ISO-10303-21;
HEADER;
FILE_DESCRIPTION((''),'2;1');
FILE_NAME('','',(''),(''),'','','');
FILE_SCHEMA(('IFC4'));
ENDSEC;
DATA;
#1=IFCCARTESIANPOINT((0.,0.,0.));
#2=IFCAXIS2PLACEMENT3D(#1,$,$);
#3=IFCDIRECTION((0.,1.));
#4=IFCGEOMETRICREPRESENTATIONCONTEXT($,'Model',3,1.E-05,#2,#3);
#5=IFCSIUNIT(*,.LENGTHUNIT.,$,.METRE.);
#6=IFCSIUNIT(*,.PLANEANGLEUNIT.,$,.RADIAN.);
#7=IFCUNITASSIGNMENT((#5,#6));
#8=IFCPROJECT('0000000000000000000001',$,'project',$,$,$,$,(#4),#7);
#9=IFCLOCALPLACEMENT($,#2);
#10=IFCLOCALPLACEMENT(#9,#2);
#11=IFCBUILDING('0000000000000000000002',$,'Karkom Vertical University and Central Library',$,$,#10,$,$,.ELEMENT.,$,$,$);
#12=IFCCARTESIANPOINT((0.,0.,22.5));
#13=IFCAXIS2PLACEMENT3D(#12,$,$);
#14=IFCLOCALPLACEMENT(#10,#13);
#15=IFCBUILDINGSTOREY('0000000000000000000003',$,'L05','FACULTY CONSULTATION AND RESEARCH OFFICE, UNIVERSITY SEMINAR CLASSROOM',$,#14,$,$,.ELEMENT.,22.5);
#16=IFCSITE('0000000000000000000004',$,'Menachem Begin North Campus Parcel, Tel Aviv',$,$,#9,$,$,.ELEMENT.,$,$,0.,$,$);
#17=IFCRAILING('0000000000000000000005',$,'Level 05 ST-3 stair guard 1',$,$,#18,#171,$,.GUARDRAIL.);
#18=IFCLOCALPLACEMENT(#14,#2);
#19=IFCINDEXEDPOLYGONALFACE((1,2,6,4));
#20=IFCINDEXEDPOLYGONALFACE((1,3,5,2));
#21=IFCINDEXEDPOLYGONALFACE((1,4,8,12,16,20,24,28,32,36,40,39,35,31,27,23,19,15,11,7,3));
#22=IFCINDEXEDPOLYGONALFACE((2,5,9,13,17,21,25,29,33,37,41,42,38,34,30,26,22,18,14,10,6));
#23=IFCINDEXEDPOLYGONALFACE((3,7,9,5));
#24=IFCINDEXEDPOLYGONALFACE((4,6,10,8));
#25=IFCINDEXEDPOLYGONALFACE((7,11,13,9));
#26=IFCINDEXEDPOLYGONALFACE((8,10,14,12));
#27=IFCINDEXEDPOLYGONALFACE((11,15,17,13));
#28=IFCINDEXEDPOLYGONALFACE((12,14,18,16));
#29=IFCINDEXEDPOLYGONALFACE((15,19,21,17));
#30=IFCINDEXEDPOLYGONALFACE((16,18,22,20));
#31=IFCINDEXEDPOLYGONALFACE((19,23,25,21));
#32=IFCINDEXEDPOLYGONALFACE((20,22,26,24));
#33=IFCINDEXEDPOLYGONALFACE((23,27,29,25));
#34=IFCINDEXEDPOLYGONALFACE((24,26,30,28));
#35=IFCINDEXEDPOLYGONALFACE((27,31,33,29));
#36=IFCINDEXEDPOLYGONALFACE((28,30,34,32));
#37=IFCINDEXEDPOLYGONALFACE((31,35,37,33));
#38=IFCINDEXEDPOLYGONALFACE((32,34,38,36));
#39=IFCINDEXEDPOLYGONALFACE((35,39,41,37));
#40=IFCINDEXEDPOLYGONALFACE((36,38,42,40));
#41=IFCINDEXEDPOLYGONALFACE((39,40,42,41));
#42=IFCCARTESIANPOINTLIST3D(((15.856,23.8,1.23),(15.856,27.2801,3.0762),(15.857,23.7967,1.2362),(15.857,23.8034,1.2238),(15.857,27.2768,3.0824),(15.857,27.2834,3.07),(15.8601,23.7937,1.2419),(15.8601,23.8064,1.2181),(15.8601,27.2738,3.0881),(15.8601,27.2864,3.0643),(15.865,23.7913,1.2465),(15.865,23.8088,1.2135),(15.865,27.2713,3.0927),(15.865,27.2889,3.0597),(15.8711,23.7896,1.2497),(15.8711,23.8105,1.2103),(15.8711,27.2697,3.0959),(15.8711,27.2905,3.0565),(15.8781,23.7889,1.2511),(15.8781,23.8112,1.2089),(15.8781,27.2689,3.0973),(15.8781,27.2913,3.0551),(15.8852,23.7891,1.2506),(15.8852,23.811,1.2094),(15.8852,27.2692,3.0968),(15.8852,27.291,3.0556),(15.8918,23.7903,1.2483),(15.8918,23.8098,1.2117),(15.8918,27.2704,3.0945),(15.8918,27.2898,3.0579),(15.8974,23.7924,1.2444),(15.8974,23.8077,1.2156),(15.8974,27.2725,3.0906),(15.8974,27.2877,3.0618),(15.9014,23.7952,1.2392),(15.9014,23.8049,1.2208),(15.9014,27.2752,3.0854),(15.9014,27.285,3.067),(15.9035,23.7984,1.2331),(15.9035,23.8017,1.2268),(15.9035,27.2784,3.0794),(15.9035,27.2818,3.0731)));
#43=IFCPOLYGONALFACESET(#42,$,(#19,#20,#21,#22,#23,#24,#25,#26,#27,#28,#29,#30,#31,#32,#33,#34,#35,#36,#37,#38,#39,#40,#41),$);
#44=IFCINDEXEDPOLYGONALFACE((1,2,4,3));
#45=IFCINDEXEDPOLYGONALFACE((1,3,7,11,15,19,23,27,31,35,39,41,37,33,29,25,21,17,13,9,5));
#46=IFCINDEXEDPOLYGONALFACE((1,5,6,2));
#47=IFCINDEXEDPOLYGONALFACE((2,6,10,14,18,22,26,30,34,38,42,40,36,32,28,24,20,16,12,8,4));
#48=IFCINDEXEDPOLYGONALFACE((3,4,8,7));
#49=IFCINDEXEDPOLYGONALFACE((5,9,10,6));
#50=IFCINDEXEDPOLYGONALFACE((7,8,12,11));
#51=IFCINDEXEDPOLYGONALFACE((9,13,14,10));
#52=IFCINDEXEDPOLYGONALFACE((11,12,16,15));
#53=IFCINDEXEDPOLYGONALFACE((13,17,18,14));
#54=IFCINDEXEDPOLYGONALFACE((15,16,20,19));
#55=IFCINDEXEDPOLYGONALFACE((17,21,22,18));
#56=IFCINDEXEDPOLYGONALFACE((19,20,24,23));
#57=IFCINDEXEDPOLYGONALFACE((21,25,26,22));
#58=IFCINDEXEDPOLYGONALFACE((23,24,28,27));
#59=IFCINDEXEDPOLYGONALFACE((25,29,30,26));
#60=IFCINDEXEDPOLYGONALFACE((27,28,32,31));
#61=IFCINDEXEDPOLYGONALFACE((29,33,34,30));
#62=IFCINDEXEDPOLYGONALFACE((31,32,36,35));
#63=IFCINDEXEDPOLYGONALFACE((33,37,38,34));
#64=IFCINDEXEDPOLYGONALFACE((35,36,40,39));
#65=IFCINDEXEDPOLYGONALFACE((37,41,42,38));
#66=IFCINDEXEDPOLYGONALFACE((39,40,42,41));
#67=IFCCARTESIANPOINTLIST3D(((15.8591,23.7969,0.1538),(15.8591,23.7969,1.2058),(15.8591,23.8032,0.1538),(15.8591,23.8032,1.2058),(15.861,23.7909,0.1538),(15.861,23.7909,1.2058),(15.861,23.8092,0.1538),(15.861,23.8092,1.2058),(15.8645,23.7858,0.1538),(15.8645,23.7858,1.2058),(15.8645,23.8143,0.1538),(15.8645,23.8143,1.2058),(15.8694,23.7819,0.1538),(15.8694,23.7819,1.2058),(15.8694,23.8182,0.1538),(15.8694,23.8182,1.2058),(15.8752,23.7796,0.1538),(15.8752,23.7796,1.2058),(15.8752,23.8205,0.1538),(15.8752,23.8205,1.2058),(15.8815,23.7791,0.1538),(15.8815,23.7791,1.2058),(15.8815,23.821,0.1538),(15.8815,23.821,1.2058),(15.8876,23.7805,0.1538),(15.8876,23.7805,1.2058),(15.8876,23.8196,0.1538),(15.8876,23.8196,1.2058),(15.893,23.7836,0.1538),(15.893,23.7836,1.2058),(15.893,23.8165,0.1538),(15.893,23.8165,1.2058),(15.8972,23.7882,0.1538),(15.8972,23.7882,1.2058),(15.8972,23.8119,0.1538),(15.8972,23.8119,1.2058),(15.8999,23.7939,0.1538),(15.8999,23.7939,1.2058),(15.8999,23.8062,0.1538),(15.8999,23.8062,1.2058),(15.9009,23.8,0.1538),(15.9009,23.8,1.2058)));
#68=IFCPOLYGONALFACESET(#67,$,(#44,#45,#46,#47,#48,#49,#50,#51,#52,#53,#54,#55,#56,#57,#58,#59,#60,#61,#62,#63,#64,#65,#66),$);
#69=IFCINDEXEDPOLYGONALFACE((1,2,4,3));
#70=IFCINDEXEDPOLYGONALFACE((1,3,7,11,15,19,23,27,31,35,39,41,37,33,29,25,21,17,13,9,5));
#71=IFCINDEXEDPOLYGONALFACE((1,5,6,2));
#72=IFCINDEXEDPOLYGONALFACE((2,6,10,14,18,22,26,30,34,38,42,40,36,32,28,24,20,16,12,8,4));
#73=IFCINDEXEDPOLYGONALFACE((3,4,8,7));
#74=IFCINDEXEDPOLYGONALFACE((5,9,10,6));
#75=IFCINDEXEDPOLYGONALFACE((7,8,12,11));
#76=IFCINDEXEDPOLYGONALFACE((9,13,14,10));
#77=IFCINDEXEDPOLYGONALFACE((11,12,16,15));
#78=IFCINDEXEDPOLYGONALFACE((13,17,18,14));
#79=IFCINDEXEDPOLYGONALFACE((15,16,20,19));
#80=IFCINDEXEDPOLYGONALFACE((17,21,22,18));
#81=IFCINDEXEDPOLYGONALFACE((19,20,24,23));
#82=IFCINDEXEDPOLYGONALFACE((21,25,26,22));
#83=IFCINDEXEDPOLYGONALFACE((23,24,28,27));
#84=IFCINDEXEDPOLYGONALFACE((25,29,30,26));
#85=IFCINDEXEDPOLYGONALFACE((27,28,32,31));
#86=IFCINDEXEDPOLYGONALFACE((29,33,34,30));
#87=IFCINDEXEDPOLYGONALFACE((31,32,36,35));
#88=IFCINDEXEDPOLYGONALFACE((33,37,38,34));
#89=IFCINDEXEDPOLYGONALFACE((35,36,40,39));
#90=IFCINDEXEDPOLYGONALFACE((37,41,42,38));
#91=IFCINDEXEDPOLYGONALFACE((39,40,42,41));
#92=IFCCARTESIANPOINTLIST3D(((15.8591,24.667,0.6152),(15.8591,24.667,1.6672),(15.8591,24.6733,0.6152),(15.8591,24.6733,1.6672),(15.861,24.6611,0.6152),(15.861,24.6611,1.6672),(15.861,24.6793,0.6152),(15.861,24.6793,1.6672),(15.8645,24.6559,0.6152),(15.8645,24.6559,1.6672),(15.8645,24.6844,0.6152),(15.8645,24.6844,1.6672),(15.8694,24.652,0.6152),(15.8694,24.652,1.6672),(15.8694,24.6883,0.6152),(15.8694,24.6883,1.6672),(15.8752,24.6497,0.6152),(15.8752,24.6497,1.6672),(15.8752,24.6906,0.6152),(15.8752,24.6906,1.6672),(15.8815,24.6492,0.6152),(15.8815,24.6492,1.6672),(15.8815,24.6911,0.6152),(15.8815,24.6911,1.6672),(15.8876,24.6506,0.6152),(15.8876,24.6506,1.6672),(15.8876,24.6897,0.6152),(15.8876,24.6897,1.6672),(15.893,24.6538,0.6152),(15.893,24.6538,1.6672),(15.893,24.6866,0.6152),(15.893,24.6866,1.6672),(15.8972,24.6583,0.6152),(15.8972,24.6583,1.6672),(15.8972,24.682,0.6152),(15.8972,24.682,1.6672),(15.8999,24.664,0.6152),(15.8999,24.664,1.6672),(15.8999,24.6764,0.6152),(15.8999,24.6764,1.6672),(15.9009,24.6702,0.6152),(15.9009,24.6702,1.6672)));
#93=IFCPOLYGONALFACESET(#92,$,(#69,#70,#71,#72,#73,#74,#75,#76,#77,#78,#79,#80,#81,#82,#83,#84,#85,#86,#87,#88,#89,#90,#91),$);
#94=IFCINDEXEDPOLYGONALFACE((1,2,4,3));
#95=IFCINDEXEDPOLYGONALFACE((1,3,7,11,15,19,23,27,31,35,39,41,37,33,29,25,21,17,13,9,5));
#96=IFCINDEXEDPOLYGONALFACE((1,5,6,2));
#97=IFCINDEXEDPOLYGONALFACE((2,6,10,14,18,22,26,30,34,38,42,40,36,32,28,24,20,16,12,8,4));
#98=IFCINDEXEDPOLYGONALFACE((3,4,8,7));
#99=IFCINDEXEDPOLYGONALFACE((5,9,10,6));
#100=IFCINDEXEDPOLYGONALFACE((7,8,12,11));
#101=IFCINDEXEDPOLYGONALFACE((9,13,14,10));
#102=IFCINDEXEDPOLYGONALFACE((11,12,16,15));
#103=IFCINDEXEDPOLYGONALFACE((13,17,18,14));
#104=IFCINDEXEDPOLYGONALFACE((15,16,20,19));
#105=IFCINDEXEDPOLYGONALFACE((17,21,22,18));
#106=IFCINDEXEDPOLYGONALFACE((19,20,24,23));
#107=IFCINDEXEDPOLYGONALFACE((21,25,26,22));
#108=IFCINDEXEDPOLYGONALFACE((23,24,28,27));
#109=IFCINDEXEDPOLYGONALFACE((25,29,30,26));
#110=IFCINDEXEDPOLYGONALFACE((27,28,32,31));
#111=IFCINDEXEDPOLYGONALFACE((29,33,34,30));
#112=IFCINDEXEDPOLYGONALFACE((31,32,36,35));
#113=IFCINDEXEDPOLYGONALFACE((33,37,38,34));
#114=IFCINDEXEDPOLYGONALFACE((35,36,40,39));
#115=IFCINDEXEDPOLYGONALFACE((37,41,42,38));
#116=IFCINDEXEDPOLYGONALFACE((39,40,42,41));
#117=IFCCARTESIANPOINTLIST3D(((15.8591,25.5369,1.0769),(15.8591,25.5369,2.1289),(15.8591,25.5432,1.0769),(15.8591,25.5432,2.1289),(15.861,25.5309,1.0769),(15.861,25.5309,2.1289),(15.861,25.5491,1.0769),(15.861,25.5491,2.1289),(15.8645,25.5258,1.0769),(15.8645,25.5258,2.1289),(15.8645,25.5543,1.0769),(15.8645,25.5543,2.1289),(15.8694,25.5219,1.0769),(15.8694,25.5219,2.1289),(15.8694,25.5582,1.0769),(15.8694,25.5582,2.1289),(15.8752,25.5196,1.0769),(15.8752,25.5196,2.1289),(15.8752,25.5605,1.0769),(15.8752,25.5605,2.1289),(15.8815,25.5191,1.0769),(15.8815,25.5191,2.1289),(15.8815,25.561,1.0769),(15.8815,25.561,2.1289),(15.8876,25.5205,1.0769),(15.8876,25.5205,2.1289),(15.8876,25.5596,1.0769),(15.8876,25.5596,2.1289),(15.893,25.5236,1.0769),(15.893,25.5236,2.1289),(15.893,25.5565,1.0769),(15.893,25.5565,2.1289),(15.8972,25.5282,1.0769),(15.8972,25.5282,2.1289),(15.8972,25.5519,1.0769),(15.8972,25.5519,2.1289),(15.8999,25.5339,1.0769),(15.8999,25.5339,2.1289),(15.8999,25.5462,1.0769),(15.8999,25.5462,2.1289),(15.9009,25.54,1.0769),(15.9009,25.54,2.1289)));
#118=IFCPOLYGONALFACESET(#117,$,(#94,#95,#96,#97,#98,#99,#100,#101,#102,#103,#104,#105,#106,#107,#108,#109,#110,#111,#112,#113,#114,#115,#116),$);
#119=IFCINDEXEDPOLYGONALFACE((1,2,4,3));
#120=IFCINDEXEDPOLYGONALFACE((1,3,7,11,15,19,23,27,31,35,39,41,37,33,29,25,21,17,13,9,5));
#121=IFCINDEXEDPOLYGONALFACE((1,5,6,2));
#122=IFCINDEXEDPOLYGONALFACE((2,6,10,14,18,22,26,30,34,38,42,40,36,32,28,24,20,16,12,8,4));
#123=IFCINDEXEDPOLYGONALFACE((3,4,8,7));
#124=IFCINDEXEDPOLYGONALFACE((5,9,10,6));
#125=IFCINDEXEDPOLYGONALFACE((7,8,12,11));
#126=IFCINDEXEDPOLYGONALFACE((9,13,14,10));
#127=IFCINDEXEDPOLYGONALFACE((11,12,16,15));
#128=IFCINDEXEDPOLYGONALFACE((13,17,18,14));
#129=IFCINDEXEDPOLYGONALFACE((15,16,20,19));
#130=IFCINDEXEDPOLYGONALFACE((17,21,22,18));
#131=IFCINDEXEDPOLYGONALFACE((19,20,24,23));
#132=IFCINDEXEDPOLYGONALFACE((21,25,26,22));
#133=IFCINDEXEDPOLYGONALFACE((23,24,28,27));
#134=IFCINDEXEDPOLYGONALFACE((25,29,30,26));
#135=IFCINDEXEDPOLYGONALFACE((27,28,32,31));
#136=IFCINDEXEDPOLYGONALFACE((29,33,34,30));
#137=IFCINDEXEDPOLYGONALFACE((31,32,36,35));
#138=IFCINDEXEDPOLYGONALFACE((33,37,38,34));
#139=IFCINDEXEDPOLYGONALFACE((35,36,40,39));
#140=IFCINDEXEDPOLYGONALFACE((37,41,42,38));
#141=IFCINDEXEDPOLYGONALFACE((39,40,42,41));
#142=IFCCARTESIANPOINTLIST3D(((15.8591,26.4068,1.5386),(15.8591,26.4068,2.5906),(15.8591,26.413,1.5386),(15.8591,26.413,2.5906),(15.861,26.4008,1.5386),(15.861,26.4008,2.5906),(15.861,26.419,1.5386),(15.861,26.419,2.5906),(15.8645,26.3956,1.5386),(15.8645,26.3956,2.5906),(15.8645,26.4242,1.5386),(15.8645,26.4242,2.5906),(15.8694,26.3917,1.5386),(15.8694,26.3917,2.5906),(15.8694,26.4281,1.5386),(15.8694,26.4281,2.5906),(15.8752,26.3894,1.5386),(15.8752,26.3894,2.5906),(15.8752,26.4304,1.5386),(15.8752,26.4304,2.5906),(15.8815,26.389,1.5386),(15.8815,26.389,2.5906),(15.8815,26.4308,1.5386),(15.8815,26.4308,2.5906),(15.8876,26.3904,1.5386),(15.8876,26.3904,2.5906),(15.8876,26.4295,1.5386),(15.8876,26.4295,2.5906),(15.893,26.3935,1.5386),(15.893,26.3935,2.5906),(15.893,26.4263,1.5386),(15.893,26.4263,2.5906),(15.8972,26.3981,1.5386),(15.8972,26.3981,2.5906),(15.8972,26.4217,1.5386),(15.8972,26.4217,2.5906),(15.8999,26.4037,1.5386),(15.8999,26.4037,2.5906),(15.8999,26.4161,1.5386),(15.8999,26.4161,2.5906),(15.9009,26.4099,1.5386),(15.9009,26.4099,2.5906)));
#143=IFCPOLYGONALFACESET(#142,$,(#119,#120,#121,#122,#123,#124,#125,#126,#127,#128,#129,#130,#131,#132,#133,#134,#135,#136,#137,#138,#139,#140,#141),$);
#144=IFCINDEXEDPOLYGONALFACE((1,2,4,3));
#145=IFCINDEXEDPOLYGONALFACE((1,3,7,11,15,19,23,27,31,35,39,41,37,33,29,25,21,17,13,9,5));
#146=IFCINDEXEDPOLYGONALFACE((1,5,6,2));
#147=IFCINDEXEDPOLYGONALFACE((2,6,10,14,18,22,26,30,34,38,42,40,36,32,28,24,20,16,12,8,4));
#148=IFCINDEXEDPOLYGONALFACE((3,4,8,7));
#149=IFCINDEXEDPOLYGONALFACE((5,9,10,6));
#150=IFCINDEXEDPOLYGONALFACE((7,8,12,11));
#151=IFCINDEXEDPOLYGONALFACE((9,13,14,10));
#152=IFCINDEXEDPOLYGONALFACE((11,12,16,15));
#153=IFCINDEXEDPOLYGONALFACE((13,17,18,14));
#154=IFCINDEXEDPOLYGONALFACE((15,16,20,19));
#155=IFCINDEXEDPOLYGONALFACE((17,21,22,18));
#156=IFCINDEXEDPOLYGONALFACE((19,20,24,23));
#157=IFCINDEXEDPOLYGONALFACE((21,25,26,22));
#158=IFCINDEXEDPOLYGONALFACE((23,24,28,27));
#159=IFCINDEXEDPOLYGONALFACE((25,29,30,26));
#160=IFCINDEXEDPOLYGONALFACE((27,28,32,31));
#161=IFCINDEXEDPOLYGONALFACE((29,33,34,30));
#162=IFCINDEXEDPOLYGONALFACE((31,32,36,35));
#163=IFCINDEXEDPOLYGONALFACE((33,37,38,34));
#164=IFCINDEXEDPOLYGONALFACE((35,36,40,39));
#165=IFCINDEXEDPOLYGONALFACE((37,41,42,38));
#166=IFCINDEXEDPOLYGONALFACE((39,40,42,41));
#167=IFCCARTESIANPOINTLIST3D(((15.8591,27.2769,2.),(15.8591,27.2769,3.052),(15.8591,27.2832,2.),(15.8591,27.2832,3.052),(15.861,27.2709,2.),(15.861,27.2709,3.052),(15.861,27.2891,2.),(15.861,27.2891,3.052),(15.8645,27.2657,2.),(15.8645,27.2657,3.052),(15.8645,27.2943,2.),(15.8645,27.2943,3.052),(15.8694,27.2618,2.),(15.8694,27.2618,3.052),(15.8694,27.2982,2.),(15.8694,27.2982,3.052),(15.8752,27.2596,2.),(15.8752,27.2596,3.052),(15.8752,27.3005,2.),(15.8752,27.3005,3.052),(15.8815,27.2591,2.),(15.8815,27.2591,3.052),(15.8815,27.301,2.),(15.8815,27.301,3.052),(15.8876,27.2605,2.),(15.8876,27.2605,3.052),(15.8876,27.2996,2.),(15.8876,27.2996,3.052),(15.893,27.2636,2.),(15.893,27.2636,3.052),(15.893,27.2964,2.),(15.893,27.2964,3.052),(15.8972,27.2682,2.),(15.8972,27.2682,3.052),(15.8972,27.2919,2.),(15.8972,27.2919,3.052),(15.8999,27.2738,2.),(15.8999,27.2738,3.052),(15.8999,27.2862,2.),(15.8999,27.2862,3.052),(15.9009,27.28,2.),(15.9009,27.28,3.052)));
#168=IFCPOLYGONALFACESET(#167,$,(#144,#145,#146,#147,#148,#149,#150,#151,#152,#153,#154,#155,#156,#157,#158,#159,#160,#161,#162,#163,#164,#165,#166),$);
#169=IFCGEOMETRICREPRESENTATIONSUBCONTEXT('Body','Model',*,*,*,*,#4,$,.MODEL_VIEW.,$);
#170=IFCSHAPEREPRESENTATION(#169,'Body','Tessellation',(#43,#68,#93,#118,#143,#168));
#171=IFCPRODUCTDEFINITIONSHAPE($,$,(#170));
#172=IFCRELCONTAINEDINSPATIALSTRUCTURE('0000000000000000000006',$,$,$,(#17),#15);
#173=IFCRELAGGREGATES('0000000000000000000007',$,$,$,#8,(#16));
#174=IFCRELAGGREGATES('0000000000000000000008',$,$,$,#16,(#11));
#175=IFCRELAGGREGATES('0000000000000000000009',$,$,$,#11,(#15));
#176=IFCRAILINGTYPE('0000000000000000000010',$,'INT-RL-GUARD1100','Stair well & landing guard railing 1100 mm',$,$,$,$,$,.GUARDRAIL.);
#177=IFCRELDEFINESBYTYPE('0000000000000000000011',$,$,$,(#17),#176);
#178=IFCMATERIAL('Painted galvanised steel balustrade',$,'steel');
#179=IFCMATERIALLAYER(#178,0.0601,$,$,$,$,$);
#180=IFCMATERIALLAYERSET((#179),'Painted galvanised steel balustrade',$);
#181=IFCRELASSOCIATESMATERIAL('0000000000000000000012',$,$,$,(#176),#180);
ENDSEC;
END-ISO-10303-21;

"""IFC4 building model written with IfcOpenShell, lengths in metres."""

from ifc_helpers import new_model, si_unit, direction, frame, origin, origin_2d, place, context, subcontext, project, spatial, circle, extrude, material, layer, layer_set, type_object, element, save


model = new_model("IFC4")

# Units and contexts
model_context = context("Model", 3, precision=1e-05, world=origin(), true_north=direction((0.0, 1.0)))
body_context = subcontext(model_context, "Body", "Model", "MODEL_VIEW")
ifc_project = project(units=[si_unit("LENGTHUNIT", "METRE"), si_unit("PLANEANGLEUNIT", "RADIAN")], contexts=[model_context])

# Site, building, storey
site_placement = place(None, origin())
site = spatial("IfcSite", under=ifc_project, at=site_placement, Name="Menachem Begin North Campus Parcel, Tel Aviv", CompositionType="ELEMENT", RefElevation=0.0)
building_placement = place(site_placement, origin())
building = spatial("IfcBuilding", under=site, at=building_placement, Name="Karkom Vertical University and Central Library", CompositionType="ELEMENT")
storey_placement = place(building_placement, frame((0.0, 0.0, 22.5)))
storey = spatial("IfcBuildingStorey", under=building, at=storey_placement, Name="L05", Description="FACULTY CONSULTATION AND RESEARCH OFFICE, UNIVERSITY SEMINAR CLASSROOM", CompositionType="ELEMENT", Elevation=22.5)

# Railing
ifc_material_1 = material(Name="Painted galvanised steel balustrade", Category="steel")
ifc_layer_1 = layer(ifc_material_1, 0.0601)
ifc_layer_set_1 = layer_set([ifc_layer_1], Name="Painted galvanised steel balustrade")
railing_type_1 = type_object("IfcRailingType", Name="INT-RL-GUARD1100", Description="Stair well & landing guard railing 1100 mm", PredefinedType="GUARDRAIL", material=ifc_layer_set_1)
railing_1_placement = place(storey_placement, frame((15.8799, 23.8, 0.1538)))
element("IfcRailing", 1, at=railing_1_placement, inside=storey, type_object=railing_type_1, Name="Level 05 ST-3 stair guard 1", PredefinedType="GUARDRAIL", context=body_context, shape_type="SweptSolid", body=[
    extrude(circle(Radius=0.0239, at=origin_2d()), frame((0.0, 0.0, 1.0762), z_axis=(0.0, 0.883384, 0.468651), x_axis=(-1.0, 0.0, 0.0)), (0.0, 0.0, 1.0), 3.9395),
    extrude(circle(Radius=0.021, at=origin_2d()), origin(), (0.0, 0.0, 1.0), 1.052),
    extrude(circle(Radius=0.021, at=origin_2d()), frame((0.0, 0.8701, 0.4614)), (0.0, 0.0, 1.0), 1.052),
    extrude(circle(Radius=0.021, at=origin_2d()), frame((0.0, 1.74, 0.9231)), (0.0, 0.0, 1.0), 1.052),
    extrude(circle(Radius=0.021, at=origin_2d()), frame((0.0, 2.6099, 1.3848)), (0.0, 0.0, 1.0), 1.052),
    extrude(circle(Radius=0.021, at=origin_2d()), frame((0.0, 3.48, 1.8462)), (0.0, 0.0, 1.0), 1.052),
])

save(model, "model.ifc")
